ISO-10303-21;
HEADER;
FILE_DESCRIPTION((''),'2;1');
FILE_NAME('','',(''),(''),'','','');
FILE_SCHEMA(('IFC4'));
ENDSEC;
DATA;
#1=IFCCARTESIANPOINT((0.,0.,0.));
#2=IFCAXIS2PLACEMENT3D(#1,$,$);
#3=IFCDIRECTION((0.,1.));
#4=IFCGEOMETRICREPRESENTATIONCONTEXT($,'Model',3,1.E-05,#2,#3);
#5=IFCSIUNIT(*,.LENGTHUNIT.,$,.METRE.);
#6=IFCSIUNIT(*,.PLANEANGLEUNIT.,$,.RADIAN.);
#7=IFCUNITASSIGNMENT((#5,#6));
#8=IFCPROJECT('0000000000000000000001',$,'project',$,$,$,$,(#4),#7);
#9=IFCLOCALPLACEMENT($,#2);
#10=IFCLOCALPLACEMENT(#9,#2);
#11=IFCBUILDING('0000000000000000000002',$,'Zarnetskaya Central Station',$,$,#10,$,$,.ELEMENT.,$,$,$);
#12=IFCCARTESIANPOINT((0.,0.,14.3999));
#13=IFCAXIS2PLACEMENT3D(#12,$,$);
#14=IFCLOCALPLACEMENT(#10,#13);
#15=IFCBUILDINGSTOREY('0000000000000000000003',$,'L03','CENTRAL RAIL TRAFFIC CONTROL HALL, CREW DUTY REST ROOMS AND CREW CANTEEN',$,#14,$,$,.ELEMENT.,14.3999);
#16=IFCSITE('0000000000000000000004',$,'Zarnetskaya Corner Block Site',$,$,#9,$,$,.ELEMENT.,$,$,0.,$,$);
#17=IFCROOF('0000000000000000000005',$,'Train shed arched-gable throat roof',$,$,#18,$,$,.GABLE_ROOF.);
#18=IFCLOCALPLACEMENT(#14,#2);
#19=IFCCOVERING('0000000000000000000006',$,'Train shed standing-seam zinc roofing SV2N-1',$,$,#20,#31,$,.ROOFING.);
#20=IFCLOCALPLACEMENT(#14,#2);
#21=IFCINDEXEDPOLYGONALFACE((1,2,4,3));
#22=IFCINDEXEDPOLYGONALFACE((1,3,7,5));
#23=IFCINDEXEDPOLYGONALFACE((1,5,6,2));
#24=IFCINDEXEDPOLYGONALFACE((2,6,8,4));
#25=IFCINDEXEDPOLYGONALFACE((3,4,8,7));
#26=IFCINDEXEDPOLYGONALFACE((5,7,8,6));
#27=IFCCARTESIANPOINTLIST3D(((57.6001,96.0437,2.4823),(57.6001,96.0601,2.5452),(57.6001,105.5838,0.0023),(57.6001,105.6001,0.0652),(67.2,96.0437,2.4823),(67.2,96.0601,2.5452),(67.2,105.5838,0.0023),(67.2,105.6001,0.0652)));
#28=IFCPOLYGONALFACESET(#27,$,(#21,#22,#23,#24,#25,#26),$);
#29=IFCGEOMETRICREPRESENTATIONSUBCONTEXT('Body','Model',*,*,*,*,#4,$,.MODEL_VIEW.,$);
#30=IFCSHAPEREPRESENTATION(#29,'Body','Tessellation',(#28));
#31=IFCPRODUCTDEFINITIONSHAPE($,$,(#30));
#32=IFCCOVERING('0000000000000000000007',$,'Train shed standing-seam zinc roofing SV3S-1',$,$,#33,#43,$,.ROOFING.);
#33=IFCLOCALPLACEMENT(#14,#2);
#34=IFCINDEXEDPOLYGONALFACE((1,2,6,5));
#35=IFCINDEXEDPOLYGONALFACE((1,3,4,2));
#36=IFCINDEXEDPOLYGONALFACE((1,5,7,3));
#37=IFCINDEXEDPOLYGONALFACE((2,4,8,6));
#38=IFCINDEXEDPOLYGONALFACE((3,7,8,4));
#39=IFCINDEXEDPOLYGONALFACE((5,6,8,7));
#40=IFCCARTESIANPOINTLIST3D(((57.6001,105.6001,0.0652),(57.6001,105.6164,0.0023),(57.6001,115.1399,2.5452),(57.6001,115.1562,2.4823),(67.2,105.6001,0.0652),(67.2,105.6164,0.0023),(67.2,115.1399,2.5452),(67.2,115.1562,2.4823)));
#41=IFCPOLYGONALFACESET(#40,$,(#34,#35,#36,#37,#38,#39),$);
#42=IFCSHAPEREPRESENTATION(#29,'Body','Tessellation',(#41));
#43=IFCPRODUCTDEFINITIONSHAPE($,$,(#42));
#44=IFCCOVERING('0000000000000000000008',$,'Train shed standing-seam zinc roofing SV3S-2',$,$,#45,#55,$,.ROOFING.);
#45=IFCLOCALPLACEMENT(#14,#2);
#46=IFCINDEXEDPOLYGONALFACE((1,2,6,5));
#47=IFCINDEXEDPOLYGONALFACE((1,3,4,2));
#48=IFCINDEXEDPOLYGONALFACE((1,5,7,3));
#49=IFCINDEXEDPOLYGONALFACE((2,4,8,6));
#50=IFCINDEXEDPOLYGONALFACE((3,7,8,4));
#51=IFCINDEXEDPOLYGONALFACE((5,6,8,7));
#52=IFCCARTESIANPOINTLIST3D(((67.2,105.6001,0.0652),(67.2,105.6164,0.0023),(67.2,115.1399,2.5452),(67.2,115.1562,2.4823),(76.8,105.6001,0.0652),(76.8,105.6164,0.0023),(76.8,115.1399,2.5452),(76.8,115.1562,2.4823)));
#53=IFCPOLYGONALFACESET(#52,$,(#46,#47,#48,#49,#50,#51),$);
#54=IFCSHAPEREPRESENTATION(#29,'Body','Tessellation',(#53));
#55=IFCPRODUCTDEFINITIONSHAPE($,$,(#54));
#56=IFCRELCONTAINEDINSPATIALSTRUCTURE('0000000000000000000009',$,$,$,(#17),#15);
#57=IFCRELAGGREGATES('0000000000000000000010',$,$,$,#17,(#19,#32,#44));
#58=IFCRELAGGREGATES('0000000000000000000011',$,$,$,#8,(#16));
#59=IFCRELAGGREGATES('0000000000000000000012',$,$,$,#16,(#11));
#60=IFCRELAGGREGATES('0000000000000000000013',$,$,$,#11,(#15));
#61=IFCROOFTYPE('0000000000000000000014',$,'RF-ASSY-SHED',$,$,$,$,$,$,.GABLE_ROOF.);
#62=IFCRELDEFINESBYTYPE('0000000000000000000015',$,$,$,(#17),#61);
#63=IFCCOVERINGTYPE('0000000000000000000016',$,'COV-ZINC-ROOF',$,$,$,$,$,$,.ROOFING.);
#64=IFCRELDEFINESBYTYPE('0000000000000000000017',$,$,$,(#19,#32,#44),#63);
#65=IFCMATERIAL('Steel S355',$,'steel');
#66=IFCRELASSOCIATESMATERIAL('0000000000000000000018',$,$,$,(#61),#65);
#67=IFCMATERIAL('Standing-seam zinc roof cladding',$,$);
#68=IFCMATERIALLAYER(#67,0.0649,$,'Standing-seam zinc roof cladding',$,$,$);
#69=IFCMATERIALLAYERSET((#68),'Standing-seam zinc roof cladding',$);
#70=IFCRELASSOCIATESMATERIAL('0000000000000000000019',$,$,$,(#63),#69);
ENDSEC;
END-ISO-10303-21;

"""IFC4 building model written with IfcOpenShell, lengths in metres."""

from ifc_helpers import new_model, si_unit, direction, frame, origin, place, context, subcontext, project, spatial, polyline, outline, extrude, material, layer, layer_set, type_object, element, aggregate, save


model = new_model("IFC4")

# Units and contexts
model_context = context("Model", 3, precision=1e-05, world=origin(), true_north=direction((0.0, 1.0)))
body_context = subcontext(model_context, "Body", "Model", "MODEL_VIEW")
ifc_project = project(units=[si_unit("LENGTHUNIT", "METRE"), si_unit("PLANEANGLEUNIT", "RADIAN")], contexts=[model_context])

# Site, building, storey
site_placement = place(None, origin())
site = spatial("IfcSite", under=ifc_project, at=site_placement, Name="Zarnetskaya Corner Block Site", CompositionType="ELEMENT", RefElevation=0.0)
building_placement = place(site_placement, origin())
building = spatial("IfcBuilding", under=site, at=building_placement, Name="Zarnetskaya Central Station", CompositionType="ELEMENT")
storey_placement = place(building_placement, frame((0.0, 0.0, 14.3999)))
storey = spatial("IfcBuildingStorey", under=building, at=storey_placement, Name="L03", Description="CENTRAL RAIL TRAFFIC CONTROL HALL, CREW DUTY REST ROOMS AND CREW CANTEEN", CompositionType="ELEMENT", Elevation=14.3999)

# Shared definitions
ifc_material_1 = material(Name="Steel S355", Category="steel")

# Roof, coverings
roof_type = type_object("IfcRoofType", Name="RF-ASSY-SHED", PredefinedType="GABLE_ROOF", material=ifc_material_1)
roof_placement = place(storey_placement, origin())
roof = element("IfcRoof", 1, at=roof_placement, inside=storey, type_object=roof_type, Name="Train shed arched-gable throat roof", PredefinedType="GABLE_ROOF")
ifc_material_2 = material(Name="Standing-seam zinc roof cladding")
ifc_layer_1 = layer(ifc_material_2, 0.0649, Name="Standing-seam zinc roof cladding")
ifc_layer_set_1 = layer_set([ifc_layer_1], Name="Standing-seam zinc roof cladding")
covering_type = type_object("IfcCoveringType", Name="COV-ZINC-ROOF", PredefinedType="ROOFING", material=ifc_layer_set_1)
covering_1_placement = place(storey_placement, frame((67.2, 105.6001, 0.0652), z_axis=(0.0, 0.251593, 0.967833), x_axis=(-1.0, 0.0, 0.0)))
covering_1 = element("IfcCovering", 2, at=covering_1_placement, type_object=covering_type, Name="Train shed standing-seam zinc roofing SV2N-1", PredefinedType="ROOFING", context=body_context, shape_type="SweptSolid", body=[
    extrude(outline(polyline([(0.0, 0.0), (9.5999, 0.0), (9.5999, 9.8571), (0.0, 9.8571), (0.0, 0.0)])), origin(), (0.0, 0.0, -1.0), 0.0649),
])
covering_2_placement = place(storey_placement, frame((57.6001, 105.6001, 0.0652), z_axis=(0.0, -0.251599, 0.967832), x_axis=(1.0, 0.0, 0.0)))
covering_2 = element("IfcCovering", 3, at=covering_2_placement, type_object=covering_type, Name="Train shed standing-seam zinc roofing SV3S-1", PredefinedType="ROOFING", context=body_context, shape_type="SweptSolid", body=[
    extrude(outline(polyline([(0.0, 0.0), (9.5999, 0.0), (9.5999, 9.8569), (0.0, 9.8569), (0.0, 0.0)])), origin(), (0.0, 0.0, -1.0), 0.0649),
])
covering_3_placement = place(storey_placement, frame((67.2, 105.6001, 0.0652), z_axis=(0.0, -0.251599, 0.967832), x_axis=(1.0, 0.0, 0.0)))
covering_3 = element("IfcCovering", 4, at=covering_3_placement, type_object=covering_type, Name="Train shed standing-seam zinc roofing SV3S-2", PredefinedType="ROOFING", context=body_context, shape_type="SweptSolid", body=[
    extrude(outline(polyline([(0.0, 0.0), (9.6001, 0.0), (9.6001, 9.8569), (0.0, 9.8569), (0.0, 0.0)])), origin(), (0.0, 0.0, -1.0), 0.0649),
])
aggregate(roof, [covering_1, covering_2, covering_3])

save(model, "model.ifc")
